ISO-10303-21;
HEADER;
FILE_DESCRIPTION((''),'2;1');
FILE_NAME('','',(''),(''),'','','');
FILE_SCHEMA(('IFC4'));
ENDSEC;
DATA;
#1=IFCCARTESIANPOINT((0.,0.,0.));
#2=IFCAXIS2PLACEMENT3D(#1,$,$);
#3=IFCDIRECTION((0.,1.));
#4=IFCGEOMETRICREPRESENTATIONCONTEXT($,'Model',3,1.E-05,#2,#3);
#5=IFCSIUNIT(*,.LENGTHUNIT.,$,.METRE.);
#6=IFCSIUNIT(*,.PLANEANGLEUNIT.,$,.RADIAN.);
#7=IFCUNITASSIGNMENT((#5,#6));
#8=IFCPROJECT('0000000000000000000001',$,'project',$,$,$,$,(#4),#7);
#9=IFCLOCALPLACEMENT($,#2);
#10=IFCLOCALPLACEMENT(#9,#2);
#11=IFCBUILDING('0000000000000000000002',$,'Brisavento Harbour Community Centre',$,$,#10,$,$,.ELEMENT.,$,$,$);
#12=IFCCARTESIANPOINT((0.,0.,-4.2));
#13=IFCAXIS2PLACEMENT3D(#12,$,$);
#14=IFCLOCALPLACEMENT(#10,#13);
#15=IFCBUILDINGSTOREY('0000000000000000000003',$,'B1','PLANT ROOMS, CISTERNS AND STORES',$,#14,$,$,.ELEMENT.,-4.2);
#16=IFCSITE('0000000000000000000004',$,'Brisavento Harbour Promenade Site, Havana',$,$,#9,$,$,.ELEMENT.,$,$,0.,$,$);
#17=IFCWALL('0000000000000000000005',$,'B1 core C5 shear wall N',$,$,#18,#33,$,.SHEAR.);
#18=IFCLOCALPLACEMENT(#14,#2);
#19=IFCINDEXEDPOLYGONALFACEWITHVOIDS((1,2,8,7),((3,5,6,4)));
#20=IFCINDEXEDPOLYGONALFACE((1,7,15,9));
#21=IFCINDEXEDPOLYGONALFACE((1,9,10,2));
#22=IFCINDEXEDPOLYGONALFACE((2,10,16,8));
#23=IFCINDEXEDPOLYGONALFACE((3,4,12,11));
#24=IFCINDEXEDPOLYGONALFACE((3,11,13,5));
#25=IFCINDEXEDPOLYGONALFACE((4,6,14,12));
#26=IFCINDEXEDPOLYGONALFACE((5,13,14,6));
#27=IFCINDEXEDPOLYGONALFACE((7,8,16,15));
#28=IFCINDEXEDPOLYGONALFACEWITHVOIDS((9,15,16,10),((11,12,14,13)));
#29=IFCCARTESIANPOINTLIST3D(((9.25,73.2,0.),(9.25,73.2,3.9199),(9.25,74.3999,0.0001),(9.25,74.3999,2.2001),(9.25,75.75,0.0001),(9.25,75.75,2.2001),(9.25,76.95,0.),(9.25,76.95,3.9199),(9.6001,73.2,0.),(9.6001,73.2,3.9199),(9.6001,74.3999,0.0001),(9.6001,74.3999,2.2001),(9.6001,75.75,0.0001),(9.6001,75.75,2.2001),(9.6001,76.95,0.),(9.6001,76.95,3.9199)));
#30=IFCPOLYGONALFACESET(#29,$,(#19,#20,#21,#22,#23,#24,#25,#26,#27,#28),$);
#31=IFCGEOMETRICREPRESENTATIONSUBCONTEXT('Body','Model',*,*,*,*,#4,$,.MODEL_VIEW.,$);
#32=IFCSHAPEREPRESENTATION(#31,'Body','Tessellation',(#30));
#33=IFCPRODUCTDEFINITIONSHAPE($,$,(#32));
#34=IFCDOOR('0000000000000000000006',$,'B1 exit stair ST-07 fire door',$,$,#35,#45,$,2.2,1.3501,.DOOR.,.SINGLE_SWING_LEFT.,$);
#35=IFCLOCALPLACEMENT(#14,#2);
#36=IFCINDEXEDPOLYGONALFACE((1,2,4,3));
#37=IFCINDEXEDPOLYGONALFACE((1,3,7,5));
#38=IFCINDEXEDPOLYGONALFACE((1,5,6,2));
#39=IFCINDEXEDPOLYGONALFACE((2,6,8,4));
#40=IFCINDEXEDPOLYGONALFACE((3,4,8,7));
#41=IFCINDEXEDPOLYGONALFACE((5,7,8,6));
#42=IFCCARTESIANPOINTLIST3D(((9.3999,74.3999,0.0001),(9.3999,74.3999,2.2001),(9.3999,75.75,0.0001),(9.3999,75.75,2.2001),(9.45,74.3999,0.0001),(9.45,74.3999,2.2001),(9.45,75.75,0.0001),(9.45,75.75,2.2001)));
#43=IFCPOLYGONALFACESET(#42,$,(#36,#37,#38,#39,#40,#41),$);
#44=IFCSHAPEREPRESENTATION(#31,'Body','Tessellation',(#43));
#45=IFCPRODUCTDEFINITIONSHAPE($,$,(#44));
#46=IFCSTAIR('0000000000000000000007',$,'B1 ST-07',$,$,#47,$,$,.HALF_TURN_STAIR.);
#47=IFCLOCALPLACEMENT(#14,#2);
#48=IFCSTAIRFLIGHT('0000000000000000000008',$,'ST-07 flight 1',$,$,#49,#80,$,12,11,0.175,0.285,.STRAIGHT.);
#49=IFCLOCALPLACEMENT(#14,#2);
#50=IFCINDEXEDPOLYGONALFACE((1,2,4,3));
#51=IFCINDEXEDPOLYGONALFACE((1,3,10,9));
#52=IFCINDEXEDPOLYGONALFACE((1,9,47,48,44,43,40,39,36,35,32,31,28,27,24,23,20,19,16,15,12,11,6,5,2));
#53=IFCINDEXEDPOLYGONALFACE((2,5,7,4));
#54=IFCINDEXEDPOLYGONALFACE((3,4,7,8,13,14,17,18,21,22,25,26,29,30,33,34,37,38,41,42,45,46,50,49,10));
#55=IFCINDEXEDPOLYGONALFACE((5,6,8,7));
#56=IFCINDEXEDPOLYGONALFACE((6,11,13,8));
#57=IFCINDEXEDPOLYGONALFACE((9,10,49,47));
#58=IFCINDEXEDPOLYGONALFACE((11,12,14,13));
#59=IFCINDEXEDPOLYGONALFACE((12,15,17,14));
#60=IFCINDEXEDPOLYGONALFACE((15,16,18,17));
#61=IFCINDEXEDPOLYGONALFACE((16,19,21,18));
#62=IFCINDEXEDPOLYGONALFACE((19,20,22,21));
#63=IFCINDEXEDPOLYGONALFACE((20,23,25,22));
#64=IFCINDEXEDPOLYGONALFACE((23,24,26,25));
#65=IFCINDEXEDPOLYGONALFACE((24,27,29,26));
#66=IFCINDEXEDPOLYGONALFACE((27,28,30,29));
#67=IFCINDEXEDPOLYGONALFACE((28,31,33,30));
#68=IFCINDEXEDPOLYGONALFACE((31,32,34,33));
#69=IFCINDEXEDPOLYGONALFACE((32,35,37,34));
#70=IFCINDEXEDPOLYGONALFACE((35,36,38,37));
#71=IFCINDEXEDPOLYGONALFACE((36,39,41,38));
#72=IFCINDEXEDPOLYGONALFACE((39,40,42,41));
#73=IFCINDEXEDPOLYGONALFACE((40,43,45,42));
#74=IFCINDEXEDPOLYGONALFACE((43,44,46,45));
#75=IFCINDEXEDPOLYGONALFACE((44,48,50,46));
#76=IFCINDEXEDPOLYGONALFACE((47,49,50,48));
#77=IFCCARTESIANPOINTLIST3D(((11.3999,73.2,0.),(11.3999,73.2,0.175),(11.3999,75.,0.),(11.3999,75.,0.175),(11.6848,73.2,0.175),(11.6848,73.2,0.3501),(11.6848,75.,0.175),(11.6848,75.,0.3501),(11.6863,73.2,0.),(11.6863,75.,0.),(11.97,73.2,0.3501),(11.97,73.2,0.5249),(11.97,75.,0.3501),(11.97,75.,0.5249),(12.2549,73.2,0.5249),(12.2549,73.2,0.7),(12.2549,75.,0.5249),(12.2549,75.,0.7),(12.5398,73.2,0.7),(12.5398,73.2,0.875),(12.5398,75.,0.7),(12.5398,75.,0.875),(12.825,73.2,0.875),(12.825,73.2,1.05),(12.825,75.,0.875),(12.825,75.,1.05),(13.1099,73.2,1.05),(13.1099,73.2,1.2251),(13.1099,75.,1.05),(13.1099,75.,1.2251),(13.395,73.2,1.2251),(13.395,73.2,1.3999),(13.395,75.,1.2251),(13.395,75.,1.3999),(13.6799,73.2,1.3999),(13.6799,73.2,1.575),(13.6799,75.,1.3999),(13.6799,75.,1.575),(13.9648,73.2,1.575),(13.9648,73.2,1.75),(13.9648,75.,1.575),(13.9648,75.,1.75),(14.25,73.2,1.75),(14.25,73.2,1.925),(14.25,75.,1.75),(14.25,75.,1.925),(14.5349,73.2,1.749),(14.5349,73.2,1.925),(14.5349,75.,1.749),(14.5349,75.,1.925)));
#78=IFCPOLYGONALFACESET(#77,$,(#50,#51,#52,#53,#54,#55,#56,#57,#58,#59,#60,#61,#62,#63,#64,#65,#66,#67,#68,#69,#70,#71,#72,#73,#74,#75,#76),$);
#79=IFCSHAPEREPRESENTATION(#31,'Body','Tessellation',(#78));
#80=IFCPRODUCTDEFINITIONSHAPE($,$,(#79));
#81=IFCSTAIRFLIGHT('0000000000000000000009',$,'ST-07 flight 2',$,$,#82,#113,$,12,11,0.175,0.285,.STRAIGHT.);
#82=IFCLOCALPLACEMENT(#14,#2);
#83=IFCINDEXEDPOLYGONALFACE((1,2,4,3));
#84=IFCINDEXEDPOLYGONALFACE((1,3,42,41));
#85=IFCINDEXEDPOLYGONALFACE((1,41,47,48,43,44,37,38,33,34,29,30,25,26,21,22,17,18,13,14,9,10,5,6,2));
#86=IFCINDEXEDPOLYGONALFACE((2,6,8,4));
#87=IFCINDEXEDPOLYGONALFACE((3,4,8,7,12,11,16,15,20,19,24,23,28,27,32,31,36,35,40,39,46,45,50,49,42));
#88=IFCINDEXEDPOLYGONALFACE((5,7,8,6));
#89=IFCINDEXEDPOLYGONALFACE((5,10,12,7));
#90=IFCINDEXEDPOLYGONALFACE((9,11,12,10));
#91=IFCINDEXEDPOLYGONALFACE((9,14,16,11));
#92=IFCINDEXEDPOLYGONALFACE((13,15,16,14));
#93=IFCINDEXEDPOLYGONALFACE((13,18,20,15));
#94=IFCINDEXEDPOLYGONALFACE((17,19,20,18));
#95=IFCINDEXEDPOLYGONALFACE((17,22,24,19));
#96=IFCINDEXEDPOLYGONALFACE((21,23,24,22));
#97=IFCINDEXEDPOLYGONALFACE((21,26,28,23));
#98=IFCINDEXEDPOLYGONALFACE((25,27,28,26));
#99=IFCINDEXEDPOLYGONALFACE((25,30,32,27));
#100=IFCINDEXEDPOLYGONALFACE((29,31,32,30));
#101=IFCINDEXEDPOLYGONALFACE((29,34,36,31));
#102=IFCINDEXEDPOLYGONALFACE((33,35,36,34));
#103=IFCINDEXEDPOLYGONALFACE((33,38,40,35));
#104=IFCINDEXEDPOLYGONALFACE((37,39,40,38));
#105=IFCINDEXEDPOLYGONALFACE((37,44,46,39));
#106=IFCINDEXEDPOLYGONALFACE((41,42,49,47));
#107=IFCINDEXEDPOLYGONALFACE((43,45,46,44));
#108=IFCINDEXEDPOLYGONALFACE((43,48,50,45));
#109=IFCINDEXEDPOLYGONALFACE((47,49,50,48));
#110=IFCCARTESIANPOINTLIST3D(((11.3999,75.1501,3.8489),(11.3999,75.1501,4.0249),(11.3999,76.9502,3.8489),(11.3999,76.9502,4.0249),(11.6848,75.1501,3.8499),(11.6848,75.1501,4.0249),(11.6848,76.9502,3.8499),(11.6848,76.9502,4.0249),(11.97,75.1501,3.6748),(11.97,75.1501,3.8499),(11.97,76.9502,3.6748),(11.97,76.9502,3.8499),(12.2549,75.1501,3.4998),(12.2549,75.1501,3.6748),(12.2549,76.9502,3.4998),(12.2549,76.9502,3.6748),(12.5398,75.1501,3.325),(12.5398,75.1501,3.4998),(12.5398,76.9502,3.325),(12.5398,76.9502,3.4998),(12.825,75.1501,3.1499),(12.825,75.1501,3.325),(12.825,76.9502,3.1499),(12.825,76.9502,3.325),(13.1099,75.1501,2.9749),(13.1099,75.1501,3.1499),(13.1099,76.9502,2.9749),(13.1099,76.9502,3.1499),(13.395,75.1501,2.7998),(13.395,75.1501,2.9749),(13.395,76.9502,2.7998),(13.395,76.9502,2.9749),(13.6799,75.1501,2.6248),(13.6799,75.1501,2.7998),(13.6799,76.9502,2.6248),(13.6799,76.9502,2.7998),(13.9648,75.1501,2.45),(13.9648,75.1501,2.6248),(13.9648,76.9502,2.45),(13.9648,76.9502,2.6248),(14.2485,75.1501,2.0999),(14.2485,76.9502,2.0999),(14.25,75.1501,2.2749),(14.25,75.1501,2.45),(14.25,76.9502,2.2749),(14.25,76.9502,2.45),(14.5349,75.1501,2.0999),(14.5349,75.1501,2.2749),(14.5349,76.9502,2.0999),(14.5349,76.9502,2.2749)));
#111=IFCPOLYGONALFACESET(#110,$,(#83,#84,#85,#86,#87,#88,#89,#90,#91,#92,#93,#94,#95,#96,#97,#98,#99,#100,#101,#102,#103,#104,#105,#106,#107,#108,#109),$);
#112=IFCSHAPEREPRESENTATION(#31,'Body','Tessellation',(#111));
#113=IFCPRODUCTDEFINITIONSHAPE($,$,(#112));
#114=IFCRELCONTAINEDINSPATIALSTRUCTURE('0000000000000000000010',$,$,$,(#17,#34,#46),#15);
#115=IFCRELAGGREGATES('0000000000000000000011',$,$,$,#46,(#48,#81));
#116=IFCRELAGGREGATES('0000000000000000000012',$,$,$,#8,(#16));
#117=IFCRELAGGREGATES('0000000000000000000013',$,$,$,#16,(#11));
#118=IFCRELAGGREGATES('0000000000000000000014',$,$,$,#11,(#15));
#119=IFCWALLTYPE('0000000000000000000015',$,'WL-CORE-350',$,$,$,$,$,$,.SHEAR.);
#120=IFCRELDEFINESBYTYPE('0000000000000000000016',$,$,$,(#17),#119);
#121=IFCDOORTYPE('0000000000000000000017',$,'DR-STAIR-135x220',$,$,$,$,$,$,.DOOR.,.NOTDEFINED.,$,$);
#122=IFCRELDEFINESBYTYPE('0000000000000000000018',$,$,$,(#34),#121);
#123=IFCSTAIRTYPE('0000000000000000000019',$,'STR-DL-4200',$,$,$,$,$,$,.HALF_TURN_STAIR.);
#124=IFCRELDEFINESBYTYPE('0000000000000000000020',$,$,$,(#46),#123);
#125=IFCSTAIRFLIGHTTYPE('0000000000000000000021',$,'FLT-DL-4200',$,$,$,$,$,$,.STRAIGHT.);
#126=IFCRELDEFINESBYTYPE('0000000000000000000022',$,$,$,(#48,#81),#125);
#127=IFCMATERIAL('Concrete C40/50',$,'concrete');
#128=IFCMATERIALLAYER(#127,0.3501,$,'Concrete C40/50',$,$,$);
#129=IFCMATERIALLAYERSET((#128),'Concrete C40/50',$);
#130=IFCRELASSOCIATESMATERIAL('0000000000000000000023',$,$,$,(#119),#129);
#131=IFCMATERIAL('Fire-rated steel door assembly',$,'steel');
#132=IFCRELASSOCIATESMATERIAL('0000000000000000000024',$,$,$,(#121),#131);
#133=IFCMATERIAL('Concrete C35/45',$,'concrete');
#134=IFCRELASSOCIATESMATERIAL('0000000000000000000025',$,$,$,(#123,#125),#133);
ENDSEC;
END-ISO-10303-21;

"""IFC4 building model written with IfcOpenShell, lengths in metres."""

from ifc_helpers import new_model, si_unit, direction, frame, frame_2d, origin, place, context, subcontext, project, spatial, polyline, rectangle, outline, extrude, material, layer, layer_set, type_object, element, fill, aggregate, save


model = new_model("IFC4")

# Units and contexts
model_context = context("Model", 3, precision=1e-05, world=origin(), true_north=direction((0.0, 1.0)))
body_context = subcontext(model_context, "Body", "Model", "MODEL_VIEW")
ifc_project = project(units=[si_unit("LENGTHUNIT", "METRE"), si_unit("PLANEANGLEUNIT", "RADIAN")], contexts=[model_context])

# Site, building, storey
site_placement = place(None, origin())
site = spatial("IfcSite", under=ifc_project, at=site_placement, Name="Brisavento Harbour Promenade Site, Havana", CompositionType="ELEMENT", RefElevation=0.0)
building_placement = place(site_placement, origin())
building = spatial("IfcBuilding", under=site, at=building_placement, Name="Brisavento Harbour Community Centre", CompositionType="ELEMENT")
storey_placement = place(building_placement, frame((0.0, 0.0, -4.2)))
storey = spatial("IfcBuildingStorey", under=building, at=storey_placement, Name="B1", Description="PLANT ROOMS, CISTERNS AND STORES", CompositionType="ELEMENT", Elevation=-4.2)

# Shared definitions
ifc_material_1 = material(Name="Concrete C35/45", Category="concrete")

# Shared definitions
ifc_material_2 = material(Name="Concrete C40/50", Category="concrete")
ifc_layer_1 = layer(ifc_material_2, 0.3501, Name="Concrete C40/50")
ifc_layer_set_1 = layer_set([ifc_layer_1], Name="Concrete C40/50")
wall_type_1 = type_object("IfcWallType", Name="WL-CORE-350", PredefinedType="SHEAR", material=ifc_layer_set_1)

# Wall, opening, door
wall_1_placement = place(storey_placement, frame((9.425, 76.95, 0.0), z_axis=(0.0, 0.0, 1.0), x_axis=(0.0, -1.0, 0.0)))
wall_1 = element("IfcWall", 1, at=wall_1_placement, inside=storey, type_object=wall_type_1, Name="B1 core C5 shear wall N", PredefinedType="SHEAR", context=body_context, shape_type="SweptSolid", body=[
    extrude(rectangle(XDim=3.75, YDim=0.3501, at=frame_2d((1.875, 0.0))), origin(), (0.0, 0.0, 1.0), 3.9199),
])
opening_placement = place(wall_1_placement, frame((1.2, 0.0, 0.0)))
opening = element("IfcOpeningElement", 2, at=opening_placement, cuts=wall_1, PredefinedType="OPENING", context=body_context, shape_type="SweptSolid", body=[
    extrude(rectangle(XDim=1.3501, YDim=2.2, at=frame_2d((0.675, 1.1001))), frame((0.0, 0.1851, 0.0), z_axis=(0.0, -1.0, 0.0), x_axis=(1.0, 0.0, 0.0)), (0.0, 0.0, 1.0), 0.3701),
])
ifc_material_3 = material(Name="Fire-rated steel door assembly", Category="steel")
door_type = type_object("IfcDoorType", Name="DR-STAIR-135x220", OperationType="NOTDEFINED", PredefinedType="DOOR", material=ifc_material_3)
door_placement = place(opening_placement, origin())
door = element("IfcDoor", 3, at=door_placement, inside=storey, type_object=door_type, Name="B1 exit stair ST-07 fire door", OperationType="SINGLE_SWING_LEFT", OverallHeight=2.2, OverallWidth=1.3501, PredefinedType="DOOR", context=body_context, shape_type="SweptSolid", body=[
    extrude(rectangle(XDim=1.3501, YDim=2.2, at=frame_2d((0.675, 1.1001))), frame((0.0, 0.0249, 0.0), z_axis=(0.0, -1.0, 0.0), x_axis=(1.0, 0.0, 0.0)), (0.0, 0.0, 1.0), 0.05),
])
fill(opening, door)

# Stair, stair flights
stair_type = type_object("IfcStairType", Name="STR-DL-4200", PredefinedType="HALF_TURN_STAIR", material=ifc_material_1)
stair_placement = place(storey_placement, origin())
stair = element("IfcStair", 4, at=stair_placement, inside=storey, type_object=stair_type, Name="B1 ST-07", PredefinedType="HALF_TURN_STAIR")
stair_flight_type = type_object("IfcStairFlightType", Name="FLT-DL-4200", PredefinedType="STRAIGHT", material=ifc_material_1)
stair_flight_1_placement = place(storey_placement, frame((11.3999, 74.1001, 0.0), z_axis=(0.0, 0.0, 1.0), x_axis=(1.0, 0.0, 0.0)))
stair_flight_1 = element("IfcStairFlight", 5, at=stair_flight_1_placement, type_object=stair_flight_type, Name="ST-07 flight 1", NumberOfRisers=12, NumberOfTreads=11, PredefinedType="STRAIGHT", RiserHeight=0.175, TreadLength=0.285, context=body_context, shape_type="SweptSolid", body=[
    extrude(outline(polyline([(0.0, 0.0), (0.0, 0.175), (0.2849, 0.175), (0.2849, 0.3501), (0.5701, 0.3501), (0.5701, 0.5249), (0.855, 0.5249), (0.855, 0.7), (1.1399, 0.7), (1.1399, 0.875), (1.425, 0.875), (1.425, 1.05), (1.71, 1.05), (1.71, 1.2251), (1.9951, 1.2251), (1.9951, 1.3999), (2.28, 1.3999), (2.28, 1.575), (2.5649, 1.575), (2.5649, 1.75), (2.8501, 1.75), (2.8501, 1.925), (3.135, 1.925), (3.135, 2.1001), (3.135, 1.749), (0.2864, 0.0), (0.0, 0.0)])), frame((0.0, 0.8999, 0.0), z_axis=(0.0, -1.0, 0.0), x_axis=(1.0, 0.0, 0.0)), (0.0, 0.0, 1.0), 1.8),
])
stair_flight_2_placement = place(storey_placement, frame((14.5349, 76.05, 2.0999), z_axis=(0.0, 0.0, 1.0), x_axis=(-1.0, 0.0, 0.0)))
stair_flight_2 = element("IfcStairFlight", 6, at=stair_flight_2_placement, type_object=stair_flight_type, Name="ST-07 flight 2", NumberOfRisers=12, NumberOfTreads=11, PredefinedType="STRAIGHT", RiserHeight=0.175, TreadLength=0.285, context=body_context, shape_type="SweptSolid", body=[
    extrude(outline(polyline([(0.0, 0.0), (0.0, 0.175), (0.2849, 0.175), (0.2849, 0.3501), (0.5701, 0.3501), (0.5701, 0.5249), (0.855, 0.5249), (0.855, 0.7), (1.1399, 0.7), (1.1399, 0.875), (1.425, 0.875), (1.425, 1.05), (1.71, 1.05), (1.71, 1.2251), (1.9951, 1.2251), (1.9951, 1.3999), (2.28, 1.3999), (2.28, 1.575), (2.5649, 1.575), (2.5649, 1.75), (2.8501, 1.75), (2.8501, 1.925), (3.135, 1.925), (3.135, 2.1001), (3.135, 1.749), (0.2864, 0.0), (0.0, 0.0)])), frame((0.0, 0.8999, 0.0), z_axis=(0.0, -1.0, 0.0), x_axis=(1.0, 0.0, 0.0)), (0.0, 0.0, 1.0), 1.8),
])
aggregate(stair, [stair_flight_1, stair_flight_2])

save(model, "model.ifc")
